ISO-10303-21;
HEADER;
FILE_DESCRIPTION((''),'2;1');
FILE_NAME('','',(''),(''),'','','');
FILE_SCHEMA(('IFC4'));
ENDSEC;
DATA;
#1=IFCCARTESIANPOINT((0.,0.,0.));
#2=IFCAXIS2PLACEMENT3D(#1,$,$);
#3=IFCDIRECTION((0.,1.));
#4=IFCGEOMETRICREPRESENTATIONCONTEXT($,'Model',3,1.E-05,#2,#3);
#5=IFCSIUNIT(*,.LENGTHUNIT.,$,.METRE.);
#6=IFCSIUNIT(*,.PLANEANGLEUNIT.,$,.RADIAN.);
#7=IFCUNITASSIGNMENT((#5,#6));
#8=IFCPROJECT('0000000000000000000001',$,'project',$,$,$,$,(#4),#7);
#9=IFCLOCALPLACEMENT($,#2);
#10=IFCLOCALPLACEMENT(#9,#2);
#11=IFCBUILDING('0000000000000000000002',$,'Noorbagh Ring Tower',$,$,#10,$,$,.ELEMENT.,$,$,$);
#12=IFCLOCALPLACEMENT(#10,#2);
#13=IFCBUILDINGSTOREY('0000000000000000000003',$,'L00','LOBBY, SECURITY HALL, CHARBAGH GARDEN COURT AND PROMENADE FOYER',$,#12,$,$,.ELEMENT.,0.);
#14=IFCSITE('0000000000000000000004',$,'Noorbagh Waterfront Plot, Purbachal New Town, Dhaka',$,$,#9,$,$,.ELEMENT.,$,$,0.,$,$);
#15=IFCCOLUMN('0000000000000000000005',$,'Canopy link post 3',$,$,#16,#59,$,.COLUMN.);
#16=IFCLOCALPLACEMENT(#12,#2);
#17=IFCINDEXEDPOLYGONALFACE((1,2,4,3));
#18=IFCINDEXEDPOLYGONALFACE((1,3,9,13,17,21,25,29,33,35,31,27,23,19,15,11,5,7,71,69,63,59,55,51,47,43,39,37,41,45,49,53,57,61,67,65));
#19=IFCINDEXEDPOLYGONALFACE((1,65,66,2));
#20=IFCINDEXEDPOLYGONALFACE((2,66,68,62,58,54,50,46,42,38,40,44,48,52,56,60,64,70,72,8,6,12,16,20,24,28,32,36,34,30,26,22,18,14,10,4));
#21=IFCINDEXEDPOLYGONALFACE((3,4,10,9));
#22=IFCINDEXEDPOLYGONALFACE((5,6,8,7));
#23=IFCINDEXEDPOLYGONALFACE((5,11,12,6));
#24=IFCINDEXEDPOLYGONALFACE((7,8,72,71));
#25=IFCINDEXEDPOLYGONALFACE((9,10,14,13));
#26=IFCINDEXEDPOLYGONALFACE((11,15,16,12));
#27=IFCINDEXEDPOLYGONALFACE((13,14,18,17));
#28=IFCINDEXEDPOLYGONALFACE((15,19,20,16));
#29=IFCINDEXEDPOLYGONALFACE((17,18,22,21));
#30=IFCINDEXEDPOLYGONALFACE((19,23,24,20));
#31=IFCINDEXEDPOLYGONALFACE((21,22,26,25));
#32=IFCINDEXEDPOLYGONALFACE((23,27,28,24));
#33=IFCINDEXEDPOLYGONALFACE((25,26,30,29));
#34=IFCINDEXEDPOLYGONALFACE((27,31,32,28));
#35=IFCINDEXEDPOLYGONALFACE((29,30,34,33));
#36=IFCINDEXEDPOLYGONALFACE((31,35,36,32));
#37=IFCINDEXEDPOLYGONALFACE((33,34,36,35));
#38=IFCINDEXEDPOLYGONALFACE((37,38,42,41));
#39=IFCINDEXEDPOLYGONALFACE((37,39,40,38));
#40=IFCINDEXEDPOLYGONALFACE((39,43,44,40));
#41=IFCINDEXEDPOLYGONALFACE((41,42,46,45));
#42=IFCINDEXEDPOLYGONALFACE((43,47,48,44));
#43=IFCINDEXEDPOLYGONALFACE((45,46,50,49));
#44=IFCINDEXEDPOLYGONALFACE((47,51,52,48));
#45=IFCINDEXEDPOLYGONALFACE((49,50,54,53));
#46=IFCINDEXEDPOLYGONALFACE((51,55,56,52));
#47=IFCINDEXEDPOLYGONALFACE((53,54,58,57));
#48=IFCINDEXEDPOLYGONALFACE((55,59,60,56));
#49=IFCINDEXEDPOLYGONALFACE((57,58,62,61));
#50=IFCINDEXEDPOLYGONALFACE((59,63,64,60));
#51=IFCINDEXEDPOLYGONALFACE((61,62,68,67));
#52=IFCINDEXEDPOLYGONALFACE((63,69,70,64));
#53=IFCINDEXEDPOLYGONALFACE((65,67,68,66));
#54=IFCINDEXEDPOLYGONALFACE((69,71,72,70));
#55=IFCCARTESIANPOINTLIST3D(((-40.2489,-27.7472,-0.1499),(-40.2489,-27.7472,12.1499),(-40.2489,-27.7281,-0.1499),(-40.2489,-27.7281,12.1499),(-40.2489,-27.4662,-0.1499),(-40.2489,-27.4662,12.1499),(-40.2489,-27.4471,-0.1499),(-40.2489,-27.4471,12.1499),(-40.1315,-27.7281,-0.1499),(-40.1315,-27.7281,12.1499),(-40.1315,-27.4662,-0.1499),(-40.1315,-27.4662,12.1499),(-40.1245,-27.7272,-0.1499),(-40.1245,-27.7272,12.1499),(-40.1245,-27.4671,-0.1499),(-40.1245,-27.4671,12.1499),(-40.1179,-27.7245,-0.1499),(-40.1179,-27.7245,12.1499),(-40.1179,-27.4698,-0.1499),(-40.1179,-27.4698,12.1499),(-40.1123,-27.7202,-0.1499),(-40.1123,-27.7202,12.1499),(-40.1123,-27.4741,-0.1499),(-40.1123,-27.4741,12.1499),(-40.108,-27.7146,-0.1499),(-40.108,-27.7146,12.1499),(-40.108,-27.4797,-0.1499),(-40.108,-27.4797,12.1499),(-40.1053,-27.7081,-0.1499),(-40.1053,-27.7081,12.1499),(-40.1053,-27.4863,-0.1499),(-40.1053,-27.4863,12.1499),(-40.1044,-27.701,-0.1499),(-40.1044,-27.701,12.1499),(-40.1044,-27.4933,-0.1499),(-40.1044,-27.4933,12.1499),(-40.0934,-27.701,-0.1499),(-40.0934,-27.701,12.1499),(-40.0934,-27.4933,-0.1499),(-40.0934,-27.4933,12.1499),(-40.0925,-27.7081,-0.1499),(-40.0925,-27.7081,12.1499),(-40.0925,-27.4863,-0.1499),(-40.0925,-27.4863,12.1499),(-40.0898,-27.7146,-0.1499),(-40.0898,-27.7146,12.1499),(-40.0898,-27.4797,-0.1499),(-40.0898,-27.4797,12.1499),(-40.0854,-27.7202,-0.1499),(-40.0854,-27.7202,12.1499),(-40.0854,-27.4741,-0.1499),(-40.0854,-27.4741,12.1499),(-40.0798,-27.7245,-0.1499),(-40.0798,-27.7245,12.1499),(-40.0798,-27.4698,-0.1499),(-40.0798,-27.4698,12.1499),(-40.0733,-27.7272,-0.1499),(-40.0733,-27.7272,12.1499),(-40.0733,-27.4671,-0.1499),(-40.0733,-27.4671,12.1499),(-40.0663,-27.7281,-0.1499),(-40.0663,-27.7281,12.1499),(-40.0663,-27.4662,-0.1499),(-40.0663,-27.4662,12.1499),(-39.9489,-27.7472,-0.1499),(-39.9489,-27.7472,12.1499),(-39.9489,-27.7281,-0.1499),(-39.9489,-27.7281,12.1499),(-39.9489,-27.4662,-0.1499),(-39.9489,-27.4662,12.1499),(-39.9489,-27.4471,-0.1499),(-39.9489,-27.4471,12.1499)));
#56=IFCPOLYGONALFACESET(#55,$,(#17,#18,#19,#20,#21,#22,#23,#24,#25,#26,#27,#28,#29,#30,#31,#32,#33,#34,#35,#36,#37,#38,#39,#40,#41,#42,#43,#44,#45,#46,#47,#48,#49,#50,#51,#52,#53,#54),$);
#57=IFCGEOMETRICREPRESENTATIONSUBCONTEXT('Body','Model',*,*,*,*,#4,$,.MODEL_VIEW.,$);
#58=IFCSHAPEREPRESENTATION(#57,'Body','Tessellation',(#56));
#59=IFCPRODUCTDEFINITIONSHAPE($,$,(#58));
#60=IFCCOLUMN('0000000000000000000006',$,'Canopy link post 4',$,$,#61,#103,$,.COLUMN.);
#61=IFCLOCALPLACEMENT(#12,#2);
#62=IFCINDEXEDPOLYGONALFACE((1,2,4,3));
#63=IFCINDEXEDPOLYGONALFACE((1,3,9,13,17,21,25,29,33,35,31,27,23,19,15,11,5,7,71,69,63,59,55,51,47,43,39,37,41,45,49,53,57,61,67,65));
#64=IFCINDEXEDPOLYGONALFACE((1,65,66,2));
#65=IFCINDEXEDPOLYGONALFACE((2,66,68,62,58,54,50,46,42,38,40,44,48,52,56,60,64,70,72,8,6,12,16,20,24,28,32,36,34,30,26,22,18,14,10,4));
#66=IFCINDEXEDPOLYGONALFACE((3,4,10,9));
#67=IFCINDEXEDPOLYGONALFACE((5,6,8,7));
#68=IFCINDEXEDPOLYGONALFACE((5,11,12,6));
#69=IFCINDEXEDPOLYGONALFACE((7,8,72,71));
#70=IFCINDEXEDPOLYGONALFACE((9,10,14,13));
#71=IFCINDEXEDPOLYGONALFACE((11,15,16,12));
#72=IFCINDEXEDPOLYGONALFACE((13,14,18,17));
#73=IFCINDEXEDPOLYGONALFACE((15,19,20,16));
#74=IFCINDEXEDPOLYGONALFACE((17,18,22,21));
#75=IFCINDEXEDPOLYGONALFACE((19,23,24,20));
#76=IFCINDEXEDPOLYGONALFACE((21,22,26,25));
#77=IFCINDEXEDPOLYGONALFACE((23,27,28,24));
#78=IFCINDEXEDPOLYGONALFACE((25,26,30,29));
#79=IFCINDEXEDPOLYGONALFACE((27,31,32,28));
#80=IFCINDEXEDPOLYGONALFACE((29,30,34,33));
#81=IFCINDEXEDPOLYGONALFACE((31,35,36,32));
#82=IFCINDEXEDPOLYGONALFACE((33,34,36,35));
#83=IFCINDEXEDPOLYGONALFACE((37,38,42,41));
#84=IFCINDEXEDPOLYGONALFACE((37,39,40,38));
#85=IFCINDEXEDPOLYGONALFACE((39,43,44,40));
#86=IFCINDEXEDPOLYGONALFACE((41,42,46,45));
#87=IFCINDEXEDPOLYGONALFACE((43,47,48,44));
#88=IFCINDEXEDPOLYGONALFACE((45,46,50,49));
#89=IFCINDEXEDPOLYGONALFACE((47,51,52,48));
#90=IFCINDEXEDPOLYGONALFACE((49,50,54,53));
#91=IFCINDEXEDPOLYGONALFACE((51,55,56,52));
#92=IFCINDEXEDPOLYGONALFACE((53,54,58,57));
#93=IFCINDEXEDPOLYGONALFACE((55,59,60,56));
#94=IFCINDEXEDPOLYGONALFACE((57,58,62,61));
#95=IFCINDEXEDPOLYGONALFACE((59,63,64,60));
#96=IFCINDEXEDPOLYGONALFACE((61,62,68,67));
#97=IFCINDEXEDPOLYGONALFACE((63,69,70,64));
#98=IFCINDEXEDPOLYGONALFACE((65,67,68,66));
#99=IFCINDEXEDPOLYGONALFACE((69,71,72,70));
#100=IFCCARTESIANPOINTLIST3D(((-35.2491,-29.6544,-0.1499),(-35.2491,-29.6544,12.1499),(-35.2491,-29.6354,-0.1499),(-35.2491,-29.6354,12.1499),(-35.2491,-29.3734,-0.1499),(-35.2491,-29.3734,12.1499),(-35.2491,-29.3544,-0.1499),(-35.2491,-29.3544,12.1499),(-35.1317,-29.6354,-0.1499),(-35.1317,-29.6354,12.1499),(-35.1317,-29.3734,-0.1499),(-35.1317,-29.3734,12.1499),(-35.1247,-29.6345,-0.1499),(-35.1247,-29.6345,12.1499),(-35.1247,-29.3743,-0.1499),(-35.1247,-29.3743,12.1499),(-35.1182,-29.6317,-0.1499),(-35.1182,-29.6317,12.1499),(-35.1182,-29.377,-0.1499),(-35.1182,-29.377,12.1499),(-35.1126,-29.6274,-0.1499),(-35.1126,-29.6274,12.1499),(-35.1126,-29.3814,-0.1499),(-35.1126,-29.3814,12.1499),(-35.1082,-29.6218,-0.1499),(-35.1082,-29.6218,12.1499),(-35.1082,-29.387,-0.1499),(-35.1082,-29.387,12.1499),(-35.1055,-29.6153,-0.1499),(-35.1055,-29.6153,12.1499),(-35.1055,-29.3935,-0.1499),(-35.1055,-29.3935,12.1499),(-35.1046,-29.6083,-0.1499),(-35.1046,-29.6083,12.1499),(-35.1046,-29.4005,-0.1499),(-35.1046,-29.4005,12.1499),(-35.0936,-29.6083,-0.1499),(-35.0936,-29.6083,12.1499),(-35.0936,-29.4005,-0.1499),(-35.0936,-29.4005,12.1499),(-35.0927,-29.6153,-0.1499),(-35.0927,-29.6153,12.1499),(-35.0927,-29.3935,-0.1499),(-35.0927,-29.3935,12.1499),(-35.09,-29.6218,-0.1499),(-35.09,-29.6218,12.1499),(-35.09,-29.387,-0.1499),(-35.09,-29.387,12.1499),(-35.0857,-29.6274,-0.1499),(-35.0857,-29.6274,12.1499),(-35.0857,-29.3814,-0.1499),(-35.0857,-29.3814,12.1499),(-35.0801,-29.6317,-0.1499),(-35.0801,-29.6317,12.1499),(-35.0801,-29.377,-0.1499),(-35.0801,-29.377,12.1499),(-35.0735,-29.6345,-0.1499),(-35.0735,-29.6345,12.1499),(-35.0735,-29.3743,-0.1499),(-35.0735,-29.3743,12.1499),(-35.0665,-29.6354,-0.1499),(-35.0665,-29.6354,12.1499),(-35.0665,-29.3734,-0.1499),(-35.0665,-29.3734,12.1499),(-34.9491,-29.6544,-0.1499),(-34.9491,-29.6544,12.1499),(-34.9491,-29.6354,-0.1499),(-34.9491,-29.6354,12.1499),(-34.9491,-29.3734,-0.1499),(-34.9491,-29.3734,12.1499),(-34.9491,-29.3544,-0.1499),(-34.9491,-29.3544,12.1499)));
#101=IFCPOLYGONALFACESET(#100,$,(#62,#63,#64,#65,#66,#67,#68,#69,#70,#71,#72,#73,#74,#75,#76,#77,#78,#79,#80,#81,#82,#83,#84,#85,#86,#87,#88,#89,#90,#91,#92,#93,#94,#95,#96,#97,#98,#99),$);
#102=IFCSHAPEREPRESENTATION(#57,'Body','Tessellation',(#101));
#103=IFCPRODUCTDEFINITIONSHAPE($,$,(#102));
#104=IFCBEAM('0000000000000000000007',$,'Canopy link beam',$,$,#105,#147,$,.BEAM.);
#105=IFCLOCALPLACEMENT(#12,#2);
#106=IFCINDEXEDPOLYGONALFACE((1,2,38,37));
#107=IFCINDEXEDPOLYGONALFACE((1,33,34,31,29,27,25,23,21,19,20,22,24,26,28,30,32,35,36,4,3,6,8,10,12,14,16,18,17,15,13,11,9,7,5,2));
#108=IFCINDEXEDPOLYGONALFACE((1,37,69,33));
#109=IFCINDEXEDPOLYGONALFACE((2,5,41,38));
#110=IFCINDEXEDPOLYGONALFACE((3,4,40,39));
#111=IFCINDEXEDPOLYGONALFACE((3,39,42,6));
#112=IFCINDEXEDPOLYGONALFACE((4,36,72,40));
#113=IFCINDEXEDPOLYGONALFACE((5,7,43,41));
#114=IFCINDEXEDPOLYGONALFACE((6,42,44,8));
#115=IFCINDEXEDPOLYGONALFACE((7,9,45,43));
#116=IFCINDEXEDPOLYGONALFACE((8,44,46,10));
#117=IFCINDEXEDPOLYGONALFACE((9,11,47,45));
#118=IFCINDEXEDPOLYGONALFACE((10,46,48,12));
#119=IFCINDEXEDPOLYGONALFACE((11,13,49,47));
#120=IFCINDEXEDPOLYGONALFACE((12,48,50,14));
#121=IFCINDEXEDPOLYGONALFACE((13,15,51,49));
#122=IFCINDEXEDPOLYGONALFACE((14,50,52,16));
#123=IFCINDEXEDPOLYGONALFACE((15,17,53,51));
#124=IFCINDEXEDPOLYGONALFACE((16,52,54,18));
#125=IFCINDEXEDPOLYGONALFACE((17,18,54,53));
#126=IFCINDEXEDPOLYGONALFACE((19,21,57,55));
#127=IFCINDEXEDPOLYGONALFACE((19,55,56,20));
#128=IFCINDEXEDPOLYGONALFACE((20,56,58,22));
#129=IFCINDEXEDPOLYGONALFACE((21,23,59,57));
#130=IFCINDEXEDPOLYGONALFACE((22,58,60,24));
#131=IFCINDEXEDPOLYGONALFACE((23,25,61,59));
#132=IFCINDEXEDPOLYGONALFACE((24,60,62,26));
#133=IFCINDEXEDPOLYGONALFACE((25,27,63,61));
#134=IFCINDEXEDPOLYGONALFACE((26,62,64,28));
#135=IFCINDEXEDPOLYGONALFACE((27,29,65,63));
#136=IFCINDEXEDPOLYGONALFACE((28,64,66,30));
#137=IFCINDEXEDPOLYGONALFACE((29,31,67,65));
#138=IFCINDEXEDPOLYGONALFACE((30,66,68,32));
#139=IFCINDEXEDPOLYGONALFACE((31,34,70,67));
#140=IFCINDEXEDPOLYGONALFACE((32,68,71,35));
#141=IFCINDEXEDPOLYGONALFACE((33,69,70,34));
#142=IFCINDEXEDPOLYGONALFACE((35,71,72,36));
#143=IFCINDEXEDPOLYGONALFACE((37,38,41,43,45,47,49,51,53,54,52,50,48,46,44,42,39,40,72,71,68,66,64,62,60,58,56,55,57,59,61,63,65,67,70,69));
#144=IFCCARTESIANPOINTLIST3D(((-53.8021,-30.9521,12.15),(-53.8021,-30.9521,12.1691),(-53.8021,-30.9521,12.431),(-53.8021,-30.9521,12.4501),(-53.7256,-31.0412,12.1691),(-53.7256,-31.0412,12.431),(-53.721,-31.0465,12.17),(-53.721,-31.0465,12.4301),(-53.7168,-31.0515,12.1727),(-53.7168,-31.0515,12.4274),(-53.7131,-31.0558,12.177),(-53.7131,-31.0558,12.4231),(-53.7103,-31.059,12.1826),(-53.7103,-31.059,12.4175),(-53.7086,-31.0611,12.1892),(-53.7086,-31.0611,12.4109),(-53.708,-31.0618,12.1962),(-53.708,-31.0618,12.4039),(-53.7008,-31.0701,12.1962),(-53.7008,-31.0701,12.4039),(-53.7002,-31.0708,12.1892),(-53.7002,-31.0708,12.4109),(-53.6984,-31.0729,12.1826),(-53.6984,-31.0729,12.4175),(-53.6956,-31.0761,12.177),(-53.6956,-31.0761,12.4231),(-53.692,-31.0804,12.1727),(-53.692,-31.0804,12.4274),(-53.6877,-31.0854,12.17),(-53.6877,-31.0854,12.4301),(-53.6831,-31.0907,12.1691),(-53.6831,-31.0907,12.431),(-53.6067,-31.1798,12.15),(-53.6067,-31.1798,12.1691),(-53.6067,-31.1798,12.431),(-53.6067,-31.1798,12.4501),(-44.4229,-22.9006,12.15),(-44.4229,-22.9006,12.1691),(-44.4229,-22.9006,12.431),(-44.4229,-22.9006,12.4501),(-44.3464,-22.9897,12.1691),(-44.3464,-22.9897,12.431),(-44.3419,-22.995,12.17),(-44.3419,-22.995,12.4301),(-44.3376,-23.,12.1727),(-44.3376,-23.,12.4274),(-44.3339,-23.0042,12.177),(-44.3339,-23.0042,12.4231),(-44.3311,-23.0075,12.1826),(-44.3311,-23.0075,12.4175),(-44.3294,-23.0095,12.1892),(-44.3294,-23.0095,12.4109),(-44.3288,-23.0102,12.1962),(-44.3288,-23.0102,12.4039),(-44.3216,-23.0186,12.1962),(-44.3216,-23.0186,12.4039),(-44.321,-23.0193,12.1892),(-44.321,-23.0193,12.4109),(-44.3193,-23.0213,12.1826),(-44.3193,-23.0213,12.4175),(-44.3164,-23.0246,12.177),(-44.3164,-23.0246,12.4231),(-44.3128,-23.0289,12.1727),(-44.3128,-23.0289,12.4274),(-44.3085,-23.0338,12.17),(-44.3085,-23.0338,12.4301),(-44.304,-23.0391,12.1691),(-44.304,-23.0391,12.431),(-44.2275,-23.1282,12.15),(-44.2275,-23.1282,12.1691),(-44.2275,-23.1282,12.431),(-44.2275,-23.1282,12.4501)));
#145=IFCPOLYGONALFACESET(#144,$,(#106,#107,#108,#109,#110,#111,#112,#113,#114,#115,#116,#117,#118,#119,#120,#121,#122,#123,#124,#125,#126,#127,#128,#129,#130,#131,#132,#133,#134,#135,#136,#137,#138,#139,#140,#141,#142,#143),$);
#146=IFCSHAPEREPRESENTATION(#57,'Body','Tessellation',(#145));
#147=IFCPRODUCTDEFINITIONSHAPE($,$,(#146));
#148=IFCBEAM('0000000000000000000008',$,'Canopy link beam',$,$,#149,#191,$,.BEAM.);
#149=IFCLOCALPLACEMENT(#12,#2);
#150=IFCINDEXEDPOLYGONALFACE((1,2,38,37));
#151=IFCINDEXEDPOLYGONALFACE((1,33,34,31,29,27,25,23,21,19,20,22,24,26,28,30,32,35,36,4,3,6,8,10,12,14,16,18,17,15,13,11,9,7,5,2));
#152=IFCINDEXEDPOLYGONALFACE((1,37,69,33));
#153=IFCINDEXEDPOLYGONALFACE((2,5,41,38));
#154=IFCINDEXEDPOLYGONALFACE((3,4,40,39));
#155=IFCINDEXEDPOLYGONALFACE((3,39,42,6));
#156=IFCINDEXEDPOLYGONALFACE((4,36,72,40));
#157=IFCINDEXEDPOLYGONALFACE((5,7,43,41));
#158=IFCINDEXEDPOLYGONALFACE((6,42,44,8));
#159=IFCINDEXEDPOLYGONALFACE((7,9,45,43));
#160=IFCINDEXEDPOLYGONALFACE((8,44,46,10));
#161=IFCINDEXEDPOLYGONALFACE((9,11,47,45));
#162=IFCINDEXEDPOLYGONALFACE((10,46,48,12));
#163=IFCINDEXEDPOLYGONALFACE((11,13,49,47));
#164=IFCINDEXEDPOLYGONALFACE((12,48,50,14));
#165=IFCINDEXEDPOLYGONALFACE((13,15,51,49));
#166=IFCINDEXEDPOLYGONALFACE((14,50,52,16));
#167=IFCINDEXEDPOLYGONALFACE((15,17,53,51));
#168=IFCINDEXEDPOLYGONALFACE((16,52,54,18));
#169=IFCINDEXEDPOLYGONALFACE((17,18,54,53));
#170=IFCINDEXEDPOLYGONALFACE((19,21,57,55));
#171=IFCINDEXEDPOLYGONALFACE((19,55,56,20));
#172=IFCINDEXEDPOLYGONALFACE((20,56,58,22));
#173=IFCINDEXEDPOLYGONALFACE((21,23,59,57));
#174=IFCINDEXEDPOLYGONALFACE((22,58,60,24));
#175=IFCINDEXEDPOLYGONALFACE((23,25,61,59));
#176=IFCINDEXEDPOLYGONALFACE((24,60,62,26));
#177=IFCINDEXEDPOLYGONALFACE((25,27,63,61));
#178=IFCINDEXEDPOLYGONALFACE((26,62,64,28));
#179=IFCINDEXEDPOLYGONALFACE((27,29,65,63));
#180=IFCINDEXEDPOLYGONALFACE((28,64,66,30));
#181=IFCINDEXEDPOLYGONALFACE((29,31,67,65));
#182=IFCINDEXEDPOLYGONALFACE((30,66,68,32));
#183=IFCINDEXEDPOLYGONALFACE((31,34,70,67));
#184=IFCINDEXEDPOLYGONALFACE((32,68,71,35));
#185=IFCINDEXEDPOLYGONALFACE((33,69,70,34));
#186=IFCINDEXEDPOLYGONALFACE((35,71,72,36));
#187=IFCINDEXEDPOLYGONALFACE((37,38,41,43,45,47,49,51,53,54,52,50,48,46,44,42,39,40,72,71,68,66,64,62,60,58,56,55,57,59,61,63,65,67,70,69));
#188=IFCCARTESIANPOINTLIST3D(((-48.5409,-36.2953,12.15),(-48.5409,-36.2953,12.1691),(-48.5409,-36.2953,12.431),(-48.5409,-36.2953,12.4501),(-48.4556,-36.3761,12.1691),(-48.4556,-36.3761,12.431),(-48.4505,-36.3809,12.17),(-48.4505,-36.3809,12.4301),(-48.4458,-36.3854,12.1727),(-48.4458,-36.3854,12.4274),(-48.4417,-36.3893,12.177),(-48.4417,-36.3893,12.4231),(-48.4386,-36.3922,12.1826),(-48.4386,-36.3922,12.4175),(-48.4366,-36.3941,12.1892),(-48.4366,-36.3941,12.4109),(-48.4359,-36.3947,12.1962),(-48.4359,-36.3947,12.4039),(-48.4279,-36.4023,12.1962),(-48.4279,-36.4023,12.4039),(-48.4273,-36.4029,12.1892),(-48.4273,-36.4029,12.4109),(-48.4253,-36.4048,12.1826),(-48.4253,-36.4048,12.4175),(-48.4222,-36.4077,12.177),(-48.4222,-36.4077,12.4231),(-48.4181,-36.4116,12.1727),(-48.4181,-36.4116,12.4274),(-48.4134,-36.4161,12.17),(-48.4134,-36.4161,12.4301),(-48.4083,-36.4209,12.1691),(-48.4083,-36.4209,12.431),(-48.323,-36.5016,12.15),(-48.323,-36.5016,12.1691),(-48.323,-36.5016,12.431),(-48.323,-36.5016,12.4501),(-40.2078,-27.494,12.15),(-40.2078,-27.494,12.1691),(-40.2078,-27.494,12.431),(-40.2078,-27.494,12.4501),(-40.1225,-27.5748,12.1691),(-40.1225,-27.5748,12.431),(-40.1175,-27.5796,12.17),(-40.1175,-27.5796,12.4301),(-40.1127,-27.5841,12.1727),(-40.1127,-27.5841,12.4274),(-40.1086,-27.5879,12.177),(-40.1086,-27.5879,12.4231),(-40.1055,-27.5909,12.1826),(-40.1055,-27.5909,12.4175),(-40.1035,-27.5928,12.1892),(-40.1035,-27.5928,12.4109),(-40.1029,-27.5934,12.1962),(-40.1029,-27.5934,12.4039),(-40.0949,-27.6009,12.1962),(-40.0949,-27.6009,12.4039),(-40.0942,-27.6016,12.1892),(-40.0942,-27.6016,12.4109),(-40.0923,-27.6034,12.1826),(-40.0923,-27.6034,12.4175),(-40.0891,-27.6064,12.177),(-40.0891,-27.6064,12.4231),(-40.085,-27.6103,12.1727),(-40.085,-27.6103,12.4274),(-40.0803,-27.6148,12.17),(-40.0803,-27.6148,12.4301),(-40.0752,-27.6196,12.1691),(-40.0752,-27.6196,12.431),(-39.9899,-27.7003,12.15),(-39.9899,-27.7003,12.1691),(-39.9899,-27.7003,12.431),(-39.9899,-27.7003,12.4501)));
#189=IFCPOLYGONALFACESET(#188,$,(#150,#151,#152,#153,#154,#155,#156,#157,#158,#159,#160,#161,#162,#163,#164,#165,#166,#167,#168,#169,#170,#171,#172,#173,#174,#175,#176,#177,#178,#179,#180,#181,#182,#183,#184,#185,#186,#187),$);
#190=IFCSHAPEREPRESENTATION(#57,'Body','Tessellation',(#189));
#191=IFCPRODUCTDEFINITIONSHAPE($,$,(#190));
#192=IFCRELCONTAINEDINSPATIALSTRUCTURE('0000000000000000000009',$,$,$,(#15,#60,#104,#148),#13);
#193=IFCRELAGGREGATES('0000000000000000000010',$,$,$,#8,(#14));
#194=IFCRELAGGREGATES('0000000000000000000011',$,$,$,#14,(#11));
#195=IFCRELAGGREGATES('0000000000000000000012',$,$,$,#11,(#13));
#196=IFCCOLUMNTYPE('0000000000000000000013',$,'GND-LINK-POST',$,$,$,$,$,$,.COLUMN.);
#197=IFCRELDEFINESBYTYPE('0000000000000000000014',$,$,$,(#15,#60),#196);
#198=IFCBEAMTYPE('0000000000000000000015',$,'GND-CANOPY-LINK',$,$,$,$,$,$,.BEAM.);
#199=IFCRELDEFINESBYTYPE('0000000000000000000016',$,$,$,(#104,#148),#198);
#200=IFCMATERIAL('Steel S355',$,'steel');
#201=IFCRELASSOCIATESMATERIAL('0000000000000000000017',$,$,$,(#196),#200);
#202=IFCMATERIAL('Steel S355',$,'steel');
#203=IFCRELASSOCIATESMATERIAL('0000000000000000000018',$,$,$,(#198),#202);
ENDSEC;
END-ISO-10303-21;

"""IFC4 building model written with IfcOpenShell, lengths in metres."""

from ifc_helpers import new_model, si_unit, direction, frame, origin, origin_2d, place, context, subcontext, project, spatial, i_section, extrude, material, material_profile, profile_set, type_object, element, save


model = new_model("IFC4")

# Units and contexts
model_context = context("Model", 3, precision=1e-05, world=origin(), true_north=direction((0.0, 1.0)))
body_context = subcontext(model_context, "Body", "Model", "MODEL_VIEW")
ifc_project = project(units=[si_unit("LENGTHUNIT", "METRE"), si_unit("PLANEANGLEUNIT", "RADIAN")], contexts=[model_context])

# Site, building, storey
site_placement = place(None, origin())
site = spatial("IfcSite", under=ifc_project, at=site_placement, Name="Noorbagh Waterfront Plot, Purbachal New Town, Dhaka", CompositionType="ELEMENT", RefElevation=0.0)
building_placement = place(site_placement, origin())
building = spatial("IfcBuilding", under=site, at=building_placement, Name="Noorbagh Ring Tower", CompositionType="ELEMENT")
storey_placement = place(building_placement, origin())
storey = spatial("IfcBuildingStorey", under=building, at=storey_placement, Name="L00", Description="LOBBY, SECURITY HALL, CHARBAGH GARDEN COURT AND PROMENADE FOYER", CompositionType="ELEMENT", Elevation=0.0)

# Columns
ifc_material_1 = material(Name="Steel S355", Category="steel")
ifc_material_profile_1 = material_profile(ifc_material_1, i_section(OverallWidth=0.3, OverallDepth=0.3, WebThickness=0.011, FlangeThickness=0.019, FilletRadius=0.0271, at=origin_2d()), Name="HEB300")
ifc_profile_set_1 = profile_set([ifc_material_profile_1], Name="Steel S355")
column_type_1 = type_object("IfcColumnType", Name="GND-LINK-POST", PredefinedType="COLUMN", material=ifc_profile_set_1)
for number, where, z_axis, x_axis, name in (
    (1, (-40.0989, -27.5972, -0.1499), (0.0, 0.0, 1.0), (1.0, 0.0, 0.0), "Canopy link post 3"),
    (2, (-35.0991, -29.5044, -0.1499), (0.0, 0.0, 1.0), (1.0, 0.0, 0.0), "Canopy link post 4"),
):
    element("IfcColumn", number, at=place(storey_placement, frame(where, z_axis=z_axis, x_axis=x_axis)), inside=storey, type_object=column_type_1, Name=name, PredefinedType="COLUMN", context=body_context, shape_type="SweptSolid", body=[
        extrude(i_section(OverallWidth=0.3, OverallDepth=0.3, WebThickness=0.011, FlangeThickness=0.019, FilletRadius=0.0271, at=origin_2d()), origin(), (0.0, 0.0, 1.0), 12.2998),
    ])

# Beams
ifc_material_2 = material(Name="Steel S355", Category="steel")
ifc_material_profile_2 = material_profile(ifc_material_2, i_section(OverallWidth=0.3, OverallDepth=0.3, WebThickness=0.011, FlangeThickness=0.019, FilletRadius=0.0271, at=origin_2d()), Name="HEB300")
ifc_profile_set_2 = profile_set([ifc_material_profile_2], Name="Steel S355")
beam_type_1 = type_object("IfcBeamType", Name="GND-CANOPY-LINK", PredefinedType="BEAM", material=ifc_profile_set_2)
beam_1_placement = place(storey_placement, frame((-44.3252, -23.0144, 12.3), z_axis=(-0.758767, -0.651362, 0.0), x_axis=(0.651362, -0.758767, 0.0)))
element("IfcBeam", 3, at=beam_1_placement, inside=storey, type_object=beam_type_1, Name="Canopy link beam", PredefinedType="BEAM", context=body_context, shape_type="SweptSolid", body=[
    extrude(i_section(OverallWidth=0.3, OverallDepth=0.3, WebThickness=0.011, FlangeThickness=0.019, FilletRadius=0.0271, at=origin_2d()), origin(), (0.0, 0.0, 1.0), 12.3611),
])
beam_2_placement = place(storey_placement, frame((-40.0989, -27.5972, 12.3), z_axis=(-0.687526, -0.72616, 0.0), x_axis=(0.72616, -0.687526, 0.0)))
element("IfcBeam", 4, at=beam_2_placement, inside=storey, type_object=beam_type_1, Name="Canopy link beam", PredefinedType="BEAM", context=body_context, shape_type="SweptSolid", body=[
    extrude(i_section(OverallWidth=0.3, OverallDepth=0.3, WebThickness=0.011, FlangeThickness=0.019, FilletRadius=0.0271, at=origin_2d()), origin(), (0.0, 0.0, 1.0), 12.1204),
])

save(model, "model.ifc")
